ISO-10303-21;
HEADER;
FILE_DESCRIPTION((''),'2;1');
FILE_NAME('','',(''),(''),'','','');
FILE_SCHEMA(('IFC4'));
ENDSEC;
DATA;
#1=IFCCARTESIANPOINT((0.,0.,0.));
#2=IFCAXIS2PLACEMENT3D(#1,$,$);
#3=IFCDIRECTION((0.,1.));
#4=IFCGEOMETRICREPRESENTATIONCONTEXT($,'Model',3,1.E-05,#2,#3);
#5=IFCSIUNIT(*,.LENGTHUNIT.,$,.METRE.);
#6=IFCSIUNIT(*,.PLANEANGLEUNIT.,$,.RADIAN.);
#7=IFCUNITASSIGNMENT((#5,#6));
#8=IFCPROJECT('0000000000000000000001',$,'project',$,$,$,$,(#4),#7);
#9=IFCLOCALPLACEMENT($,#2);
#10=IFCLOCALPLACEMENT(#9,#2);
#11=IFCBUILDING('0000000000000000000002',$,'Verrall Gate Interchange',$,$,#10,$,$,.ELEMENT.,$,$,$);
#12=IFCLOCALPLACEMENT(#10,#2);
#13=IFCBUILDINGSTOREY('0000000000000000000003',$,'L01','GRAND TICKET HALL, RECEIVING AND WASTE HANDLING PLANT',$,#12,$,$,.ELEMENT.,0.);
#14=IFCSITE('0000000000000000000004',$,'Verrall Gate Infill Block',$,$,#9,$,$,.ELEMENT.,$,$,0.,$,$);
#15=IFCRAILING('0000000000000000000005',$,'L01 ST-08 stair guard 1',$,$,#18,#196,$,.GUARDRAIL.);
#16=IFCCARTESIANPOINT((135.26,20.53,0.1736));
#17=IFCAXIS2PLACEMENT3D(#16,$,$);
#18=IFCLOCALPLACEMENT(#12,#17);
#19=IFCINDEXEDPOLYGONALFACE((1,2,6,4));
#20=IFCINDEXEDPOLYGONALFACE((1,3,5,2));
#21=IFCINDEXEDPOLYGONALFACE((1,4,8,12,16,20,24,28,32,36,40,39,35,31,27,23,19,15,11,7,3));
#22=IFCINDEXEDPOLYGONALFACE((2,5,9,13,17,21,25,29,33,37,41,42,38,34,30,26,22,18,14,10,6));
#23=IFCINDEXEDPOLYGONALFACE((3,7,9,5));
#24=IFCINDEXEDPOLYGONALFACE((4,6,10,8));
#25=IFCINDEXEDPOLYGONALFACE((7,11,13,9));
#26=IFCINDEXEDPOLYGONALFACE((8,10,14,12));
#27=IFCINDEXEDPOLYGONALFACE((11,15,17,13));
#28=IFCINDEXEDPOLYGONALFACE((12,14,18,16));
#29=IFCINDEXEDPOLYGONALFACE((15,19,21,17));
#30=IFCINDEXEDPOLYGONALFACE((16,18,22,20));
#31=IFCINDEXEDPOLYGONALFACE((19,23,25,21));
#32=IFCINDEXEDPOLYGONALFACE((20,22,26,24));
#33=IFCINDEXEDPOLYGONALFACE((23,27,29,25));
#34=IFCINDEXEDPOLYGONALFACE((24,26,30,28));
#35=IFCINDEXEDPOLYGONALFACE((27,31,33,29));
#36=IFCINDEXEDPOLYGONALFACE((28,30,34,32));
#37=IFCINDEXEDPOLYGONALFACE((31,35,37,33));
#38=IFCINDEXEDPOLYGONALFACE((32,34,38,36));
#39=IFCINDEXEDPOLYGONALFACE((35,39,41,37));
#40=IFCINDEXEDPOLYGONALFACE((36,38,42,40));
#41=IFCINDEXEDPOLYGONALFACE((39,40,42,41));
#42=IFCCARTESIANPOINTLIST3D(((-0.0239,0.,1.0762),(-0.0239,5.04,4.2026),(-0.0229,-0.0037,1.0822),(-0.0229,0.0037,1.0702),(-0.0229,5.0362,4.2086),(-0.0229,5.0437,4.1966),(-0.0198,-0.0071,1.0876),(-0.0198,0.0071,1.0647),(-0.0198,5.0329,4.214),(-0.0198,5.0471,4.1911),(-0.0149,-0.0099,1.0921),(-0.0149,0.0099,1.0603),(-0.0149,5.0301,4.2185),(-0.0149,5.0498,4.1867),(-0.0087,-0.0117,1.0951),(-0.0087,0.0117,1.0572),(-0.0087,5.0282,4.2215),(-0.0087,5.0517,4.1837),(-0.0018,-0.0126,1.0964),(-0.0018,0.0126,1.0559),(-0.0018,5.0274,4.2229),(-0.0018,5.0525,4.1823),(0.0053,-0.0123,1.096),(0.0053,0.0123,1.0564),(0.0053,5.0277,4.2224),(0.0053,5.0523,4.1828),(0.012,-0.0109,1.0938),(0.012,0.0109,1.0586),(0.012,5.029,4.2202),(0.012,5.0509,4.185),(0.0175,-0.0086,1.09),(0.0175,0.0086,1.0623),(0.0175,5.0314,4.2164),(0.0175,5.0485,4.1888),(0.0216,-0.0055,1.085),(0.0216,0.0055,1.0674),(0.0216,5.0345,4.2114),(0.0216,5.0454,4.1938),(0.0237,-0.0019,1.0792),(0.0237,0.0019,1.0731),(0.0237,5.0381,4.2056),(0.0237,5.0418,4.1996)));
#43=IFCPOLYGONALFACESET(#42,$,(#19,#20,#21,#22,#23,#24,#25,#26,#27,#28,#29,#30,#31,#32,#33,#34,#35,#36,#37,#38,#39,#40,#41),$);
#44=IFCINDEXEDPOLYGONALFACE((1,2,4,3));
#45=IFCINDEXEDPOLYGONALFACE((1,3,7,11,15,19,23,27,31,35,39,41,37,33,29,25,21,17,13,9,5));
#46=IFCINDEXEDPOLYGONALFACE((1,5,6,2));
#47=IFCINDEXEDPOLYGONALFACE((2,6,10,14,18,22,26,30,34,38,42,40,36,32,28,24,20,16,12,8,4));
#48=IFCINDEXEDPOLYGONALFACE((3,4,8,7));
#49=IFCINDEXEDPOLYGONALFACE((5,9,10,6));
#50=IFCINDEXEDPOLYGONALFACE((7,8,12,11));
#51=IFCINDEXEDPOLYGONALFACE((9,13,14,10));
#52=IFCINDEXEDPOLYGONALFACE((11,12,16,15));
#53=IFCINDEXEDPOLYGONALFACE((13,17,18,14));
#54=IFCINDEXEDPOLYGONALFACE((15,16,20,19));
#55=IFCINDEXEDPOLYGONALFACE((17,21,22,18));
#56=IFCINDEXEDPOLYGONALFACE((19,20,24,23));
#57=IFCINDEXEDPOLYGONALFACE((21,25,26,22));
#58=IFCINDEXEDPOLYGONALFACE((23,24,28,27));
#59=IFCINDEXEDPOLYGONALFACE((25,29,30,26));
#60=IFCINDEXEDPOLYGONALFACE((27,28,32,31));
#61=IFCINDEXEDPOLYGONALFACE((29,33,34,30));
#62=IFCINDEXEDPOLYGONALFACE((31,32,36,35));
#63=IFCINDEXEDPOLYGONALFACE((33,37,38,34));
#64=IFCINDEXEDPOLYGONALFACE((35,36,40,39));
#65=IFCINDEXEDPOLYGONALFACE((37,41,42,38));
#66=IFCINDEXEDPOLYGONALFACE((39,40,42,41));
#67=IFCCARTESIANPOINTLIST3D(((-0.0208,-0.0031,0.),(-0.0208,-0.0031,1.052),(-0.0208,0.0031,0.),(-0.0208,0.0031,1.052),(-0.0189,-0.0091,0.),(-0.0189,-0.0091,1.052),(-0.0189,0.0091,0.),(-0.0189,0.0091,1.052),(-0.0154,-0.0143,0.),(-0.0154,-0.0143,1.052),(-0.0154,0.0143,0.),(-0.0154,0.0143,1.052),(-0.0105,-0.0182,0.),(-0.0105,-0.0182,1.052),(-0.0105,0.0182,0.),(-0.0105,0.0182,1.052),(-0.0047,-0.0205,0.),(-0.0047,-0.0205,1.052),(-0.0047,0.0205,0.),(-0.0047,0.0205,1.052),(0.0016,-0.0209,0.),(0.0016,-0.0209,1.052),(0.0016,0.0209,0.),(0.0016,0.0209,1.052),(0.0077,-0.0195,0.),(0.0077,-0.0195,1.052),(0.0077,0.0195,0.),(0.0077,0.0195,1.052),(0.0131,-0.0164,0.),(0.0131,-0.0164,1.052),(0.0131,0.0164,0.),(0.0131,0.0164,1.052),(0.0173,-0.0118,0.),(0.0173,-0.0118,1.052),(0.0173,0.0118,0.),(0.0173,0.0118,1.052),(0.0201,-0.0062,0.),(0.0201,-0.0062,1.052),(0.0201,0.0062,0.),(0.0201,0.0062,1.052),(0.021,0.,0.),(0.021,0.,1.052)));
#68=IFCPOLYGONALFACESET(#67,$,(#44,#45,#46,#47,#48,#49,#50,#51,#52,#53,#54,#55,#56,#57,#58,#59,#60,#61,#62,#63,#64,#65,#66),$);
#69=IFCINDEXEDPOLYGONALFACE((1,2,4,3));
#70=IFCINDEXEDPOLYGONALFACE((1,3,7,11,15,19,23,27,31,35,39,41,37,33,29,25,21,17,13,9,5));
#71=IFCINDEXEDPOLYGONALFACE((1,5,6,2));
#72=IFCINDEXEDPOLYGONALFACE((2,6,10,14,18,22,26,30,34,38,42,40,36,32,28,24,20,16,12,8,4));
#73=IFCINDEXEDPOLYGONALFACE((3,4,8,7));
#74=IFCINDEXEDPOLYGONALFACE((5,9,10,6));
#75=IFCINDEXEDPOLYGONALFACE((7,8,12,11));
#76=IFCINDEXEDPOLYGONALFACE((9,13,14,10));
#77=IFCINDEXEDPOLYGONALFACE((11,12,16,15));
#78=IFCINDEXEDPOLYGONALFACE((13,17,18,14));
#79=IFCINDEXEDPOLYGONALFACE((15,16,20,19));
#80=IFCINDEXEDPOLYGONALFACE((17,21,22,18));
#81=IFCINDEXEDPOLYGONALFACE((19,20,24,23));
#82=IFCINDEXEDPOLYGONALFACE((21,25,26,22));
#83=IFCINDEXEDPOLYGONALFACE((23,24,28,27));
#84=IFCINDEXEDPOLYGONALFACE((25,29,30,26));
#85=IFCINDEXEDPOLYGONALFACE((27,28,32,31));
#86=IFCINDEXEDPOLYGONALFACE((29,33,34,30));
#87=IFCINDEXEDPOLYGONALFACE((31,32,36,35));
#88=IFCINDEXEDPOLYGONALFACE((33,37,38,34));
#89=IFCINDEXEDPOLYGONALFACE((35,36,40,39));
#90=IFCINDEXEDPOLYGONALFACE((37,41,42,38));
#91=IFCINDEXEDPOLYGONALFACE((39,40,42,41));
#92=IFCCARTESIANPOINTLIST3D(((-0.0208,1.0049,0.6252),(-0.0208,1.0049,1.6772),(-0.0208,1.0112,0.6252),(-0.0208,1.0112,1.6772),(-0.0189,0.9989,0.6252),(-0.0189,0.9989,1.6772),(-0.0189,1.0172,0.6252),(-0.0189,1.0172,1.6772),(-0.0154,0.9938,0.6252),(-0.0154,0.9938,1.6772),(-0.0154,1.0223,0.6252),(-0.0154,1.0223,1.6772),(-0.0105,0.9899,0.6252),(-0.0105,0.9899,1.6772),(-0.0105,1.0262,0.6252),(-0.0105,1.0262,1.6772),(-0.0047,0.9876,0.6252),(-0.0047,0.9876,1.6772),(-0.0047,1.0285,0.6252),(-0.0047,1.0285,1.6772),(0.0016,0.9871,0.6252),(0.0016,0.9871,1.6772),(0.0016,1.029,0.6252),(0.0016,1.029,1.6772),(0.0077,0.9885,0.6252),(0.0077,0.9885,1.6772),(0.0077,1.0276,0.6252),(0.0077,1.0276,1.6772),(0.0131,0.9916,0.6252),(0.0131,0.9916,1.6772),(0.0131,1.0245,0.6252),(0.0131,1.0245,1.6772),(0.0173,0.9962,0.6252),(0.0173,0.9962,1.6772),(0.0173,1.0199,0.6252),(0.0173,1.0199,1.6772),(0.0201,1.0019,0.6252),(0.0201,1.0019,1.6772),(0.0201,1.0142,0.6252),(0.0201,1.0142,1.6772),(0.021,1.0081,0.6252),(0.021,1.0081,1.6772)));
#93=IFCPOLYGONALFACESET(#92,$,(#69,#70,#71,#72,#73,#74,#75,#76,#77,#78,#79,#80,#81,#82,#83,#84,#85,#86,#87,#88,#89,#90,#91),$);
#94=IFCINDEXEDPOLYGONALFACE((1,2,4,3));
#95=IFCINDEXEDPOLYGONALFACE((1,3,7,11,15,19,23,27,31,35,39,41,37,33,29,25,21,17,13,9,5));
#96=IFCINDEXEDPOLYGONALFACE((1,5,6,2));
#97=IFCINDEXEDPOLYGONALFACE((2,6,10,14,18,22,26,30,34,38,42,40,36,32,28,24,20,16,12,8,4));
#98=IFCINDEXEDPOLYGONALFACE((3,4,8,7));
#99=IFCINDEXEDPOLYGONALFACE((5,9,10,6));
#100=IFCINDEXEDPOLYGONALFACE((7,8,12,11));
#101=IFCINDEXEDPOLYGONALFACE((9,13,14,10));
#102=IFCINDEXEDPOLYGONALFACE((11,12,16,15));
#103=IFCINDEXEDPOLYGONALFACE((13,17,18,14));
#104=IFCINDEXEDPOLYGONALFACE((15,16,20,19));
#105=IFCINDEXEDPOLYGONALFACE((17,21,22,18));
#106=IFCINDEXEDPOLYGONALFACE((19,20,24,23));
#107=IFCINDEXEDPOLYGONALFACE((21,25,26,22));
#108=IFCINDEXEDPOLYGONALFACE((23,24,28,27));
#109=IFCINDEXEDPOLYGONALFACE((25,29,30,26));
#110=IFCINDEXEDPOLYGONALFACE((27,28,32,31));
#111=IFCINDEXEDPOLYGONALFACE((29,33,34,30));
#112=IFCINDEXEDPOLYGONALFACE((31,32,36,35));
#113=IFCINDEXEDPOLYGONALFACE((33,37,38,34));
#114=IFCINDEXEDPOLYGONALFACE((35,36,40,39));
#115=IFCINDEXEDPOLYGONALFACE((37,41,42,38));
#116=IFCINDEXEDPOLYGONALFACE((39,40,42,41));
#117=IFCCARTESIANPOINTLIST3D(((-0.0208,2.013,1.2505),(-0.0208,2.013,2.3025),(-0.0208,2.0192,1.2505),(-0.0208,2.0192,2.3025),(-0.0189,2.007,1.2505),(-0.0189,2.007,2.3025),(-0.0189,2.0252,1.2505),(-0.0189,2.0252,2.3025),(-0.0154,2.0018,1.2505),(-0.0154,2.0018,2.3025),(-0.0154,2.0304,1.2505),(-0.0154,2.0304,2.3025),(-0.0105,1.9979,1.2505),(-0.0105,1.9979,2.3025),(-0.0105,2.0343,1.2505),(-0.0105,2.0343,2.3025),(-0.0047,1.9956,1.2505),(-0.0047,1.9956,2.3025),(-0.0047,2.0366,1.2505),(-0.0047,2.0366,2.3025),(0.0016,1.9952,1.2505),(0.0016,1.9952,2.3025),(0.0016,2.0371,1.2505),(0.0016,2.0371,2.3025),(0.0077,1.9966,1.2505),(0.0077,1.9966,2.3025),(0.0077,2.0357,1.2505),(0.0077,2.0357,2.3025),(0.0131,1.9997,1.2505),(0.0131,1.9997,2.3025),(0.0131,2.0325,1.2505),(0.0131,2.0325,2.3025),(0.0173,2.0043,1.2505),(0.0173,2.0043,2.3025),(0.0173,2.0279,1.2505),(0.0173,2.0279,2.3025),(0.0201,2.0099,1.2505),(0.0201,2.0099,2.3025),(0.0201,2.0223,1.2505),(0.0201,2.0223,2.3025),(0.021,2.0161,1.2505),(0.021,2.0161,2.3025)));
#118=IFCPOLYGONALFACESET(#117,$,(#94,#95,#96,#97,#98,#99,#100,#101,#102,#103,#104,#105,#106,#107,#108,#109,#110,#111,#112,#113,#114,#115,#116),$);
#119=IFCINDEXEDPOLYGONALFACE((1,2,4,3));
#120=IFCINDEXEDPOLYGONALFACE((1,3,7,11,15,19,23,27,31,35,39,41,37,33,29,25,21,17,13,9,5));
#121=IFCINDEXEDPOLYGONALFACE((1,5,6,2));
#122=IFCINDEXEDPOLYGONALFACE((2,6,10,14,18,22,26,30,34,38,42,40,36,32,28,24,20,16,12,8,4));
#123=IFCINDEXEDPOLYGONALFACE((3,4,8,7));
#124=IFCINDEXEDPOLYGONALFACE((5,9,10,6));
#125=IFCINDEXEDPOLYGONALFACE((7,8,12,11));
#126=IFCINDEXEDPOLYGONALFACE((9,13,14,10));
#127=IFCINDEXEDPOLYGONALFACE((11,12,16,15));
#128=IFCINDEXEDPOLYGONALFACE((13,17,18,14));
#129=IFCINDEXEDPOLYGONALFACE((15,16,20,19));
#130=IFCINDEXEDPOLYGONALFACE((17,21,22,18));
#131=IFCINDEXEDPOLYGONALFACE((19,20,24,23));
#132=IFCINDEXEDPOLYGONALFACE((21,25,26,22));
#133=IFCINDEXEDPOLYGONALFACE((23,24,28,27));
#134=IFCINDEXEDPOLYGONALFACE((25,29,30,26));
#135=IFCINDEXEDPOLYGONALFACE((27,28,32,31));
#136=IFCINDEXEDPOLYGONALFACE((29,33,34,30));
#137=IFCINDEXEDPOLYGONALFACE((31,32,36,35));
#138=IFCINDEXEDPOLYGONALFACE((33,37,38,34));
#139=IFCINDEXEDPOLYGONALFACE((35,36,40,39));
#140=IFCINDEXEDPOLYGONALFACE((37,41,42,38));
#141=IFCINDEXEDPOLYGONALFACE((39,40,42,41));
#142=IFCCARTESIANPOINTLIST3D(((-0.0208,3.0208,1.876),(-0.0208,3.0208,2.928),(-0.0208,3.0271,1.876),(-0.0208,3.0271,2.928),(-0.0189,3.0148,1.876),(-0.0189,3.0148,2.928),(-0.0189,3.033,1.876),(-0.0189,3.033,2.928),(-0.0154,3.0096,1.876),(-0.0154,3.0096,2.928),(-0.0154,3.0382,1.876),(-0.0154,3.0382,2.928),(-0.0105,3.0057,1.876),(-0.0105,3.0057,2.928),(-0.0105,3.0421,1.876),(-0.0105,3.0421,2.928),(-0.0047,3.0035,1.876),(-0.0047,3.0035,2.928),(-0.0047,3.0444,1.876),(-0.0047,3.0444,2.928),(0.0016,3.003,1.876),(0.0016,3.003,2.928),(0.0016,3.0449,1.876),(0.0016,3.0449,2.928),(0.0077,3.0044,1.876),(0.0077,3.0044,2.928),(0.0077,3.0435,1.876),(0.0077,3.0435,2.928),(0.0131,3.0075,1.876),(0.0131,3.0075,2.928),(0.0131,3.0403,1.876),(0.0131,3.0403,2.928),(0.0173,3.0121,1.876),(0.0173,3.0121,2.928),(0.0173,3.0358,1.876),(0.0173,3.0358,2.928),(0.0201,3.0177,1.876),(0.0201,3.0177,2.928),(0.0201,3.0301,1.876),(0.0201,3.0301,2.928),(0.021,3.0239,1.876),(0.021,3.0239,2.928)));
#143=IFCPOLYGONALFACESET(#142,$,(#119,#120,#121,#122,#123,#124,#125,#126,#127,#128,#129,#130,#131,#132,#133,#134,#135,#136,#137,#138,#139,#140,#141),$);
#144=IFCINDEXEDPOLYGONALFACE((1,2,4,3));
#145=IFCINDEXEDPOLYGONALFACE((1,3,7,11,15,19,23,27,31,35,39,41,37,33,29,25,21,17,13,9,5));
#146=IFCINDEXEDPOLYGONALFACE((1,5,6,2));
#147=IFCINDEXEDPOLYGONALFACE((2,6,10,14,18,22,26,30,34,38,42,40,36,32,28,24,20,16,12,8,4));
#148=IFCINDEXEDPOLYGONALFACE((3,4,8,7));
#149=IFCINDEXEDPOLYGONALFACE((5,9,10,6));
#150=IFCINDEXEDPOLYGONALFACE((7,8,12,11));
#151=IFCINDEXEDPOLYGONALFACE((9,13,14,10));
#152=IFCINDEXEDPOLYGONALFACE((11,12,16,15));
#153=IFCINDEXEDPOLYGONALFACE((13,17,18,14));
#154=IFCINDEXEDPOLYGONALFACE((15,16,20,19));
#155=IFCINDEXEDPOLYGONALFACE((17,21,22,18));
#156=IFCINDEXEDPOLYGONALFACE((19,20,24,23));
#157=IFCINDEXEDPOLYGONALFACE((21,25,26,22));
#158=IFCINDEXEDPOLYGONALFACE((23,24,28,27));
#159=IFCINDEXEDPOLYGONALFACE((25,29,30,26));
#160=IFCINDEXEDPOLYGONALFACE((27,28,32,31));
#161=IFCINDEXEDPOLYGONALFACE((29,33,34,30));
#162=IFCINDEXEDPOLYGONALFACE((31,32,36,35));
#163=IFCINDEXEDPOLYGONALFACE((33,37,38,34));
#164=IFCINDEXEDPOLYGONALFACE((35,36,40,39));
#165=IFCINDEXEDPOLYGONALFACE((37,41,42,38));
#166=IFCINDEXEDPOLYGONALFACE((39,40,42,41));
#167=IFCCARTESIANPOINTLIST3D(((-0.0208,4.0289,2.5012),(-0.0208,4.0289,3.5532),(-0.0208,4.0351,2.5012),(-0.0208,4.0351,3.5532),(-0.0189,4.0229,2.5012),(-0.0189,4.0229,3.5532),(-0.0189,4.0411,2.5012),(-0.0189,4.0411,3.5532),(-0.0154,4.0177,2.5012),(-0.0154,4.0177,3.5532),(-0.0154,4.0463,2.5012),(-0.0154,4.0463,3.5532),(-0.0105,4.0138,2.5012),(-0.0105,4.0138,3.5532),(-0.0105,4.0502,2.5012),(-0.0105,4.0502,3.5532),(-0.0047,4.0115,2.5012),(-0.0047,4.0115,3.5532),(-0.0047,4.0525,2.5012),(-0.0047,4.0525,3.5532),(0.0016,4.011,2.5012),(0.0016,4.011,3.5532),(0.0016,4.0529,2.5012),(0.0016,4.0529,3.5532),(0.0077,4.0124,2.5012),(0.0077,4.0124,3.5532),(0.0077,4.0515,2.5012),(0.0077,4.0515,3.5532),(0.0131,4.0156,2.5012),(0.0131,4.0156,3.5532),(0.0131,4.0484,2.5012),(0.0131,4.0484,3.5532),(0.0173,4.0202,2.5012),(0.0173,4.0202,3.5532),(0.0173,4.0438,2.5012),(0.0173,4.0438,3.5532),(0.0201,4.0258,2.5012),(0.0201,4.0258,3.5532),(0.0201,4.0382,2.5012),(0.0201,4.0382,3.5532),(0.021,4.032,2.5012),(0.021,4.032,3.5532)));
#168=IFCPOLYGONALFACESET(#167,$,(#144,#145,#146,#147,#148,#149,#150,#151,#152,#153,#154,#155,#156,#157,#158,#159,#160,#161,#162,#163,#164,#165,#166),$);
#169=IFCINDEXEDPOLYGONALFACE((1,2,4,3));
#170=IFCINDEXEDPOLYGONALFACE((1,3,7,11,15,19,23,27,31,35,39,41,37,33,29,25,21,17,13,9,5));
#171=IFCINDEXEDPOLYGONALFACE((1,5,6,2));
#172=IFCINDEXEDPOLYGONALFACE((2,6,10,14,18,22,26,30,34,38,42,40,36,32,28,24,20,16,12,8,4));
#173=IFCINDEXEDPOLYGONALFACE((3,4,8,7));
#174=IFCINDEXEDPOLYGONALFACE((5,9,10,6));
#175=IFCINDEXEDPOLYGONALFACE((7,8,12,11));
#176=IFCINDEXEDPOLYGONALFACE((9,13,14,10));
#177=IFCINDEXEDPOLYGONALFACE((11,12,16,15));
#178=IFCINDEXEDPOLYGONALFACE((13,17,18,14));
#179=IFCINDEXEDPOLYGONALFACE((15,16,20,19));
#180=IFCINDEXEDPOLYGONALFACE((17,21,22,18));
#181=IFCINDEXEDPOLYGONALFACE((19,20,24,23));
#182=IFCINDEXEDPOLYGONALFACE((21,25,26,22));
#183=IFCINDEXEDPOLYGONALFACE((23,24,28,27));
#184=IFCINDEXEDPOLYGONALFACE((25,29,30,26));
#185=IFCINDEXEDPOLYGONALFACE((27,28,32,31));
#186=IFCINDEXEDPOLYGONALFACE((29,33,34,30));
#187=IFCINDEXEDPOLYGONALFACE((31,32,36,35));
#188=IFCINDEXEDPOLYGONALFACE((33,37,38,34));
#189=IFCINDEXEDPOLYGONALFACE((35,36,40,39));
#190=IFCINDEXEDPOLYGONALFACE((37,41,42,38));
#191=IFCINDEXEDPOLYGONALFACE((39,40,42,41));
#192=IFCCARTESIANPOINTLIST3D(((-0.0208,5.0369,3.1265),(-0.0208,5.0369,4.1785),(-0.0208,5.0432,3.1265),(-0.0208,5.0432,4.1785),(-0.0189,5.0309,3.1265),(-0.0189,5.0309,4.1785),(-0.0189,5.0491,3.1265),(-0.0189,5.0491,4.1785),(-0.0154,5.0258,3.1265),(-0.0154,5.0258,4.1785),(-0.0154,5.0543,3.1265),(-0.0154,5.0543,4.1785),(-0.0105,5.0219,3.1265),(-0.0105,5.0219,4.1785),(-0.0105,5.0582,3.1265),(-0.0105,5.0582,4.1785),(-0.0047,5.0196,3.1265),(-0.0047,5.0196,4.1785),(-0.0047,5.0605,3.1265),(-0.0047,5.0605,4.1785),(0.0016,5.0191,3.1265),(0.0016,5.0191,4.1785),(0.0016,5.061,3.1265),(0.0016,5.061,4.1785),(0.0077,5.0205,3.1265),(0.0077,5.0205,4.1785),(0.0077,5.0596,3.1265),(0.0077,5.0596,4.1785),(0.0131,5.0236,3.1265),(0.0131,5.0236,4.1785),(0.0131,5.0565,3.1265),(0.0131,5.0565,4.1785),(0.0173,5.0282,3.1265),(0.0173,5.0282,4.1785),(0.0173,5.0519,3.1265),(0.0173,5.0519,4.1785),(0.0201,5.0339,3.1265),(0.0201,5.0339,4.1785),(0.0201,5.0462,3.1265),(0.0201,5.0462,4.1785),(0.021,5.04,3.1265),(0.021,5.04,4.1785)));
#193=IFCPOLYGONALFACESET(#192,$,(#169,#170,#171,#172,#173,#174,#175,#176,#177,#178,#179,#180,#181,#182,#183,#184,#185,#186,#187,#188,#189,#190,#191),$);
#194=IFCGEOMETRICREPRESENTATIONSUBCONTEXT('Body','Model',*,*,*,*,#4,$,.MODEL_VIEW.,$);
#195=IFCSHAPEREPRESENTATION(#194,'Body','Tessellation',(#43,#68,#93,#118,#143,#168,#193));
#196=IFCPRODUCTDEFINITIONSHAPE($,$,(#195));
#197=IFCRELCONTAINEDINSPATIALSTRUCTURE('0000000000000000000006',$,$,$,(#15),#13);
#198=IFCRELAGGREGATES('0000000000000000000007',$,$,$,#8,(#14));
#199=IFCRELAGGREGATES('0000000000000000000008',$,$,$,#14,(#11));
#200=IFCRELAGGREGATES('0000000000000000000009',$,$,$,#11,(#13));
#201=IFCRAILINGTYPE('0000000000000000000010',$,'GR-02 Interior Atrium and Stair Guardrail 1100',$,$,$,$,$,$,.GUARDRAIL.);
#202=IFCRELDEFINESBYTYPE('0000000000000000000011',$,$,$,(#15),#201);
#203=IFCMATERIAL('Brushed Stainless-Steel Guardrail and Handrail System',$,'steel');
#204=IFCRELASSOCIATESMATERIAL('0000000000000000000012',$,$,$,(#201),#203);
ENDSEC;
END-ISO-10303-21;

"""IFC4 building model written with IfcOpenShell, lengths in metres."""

from ifc_helpers import new_model, si_unit, direction, frame, origin, origin_2d, place, context, subcontext, project, spatial, circle, extrude, material, type_object, element, save


model = new_model("IFC4")

# Units and contexts
model_context = context("Model", 3, precision=1e-05, world=origin(), true_north=direction((0.0, 1.0)))
body_context = subcontext(model_context, "Body", "Model", "MODEL_VIEW")
ifc_project = project(units=[si_unit("LENGTHUNIT", "METRE"), si_unit("PLANEANGLEUNIT", "RADIAN")], contexts=[model_context])

# Site, building, storey
site_placement = place(None, origin())
site = spatial("IfcSite", under=ifc_project, at=site_placement, Name="Verrall Gate Infill Block", CompositionType="ELEMENT", RefElevation=0.0)
building_placement = place(site_placement, origin())
building = spatial("IfcBuilding", under=site, at=building_placement, Name="Verrall Gate Interchange", CompositionType="ELEMENT")
storey_placement = place(building_placement, origin())
storey = spatial("IfcBuildingStorey", under=building, at=storey_placement, Name="L01", Description="GRAND TICKET HALL, RECEIVING AND WASTE HANDLING PLANT", CompositionType="ELEMENT", Elevation=0.0)

# Railing
ifc_material_1 = material(Name="Brushed Stainless-Steel Guardrail and Handrail System", Category="steel")
railing_type_1 = type_object("IfcRailingType", Name="GR-02 Interior Atrium and Stair Guardrail 1100", PredefinedType="GUARDRAIL", material=ifc_material_1)
railing_1_placement = place(storey_placement, frame((135.26, 20.53, 0.1736)))
element("IfcRailing", 1, at=railing_1_placement, inside=storey, type_object=railing_type_1, Name="L01 ST-08 stair guard 1", PredefinedType="GUARDRAIL", context=body_context, shape_type="SweptSolid", body=[
    extrude(circle(Radius=0.0239, at=origin_2d()), frame((0.0, 0.0, 1.0762), z_axis=(0.0, 0.849779, 0.527139), x_axis=(-1.0, 0.0, 0.0)), (0.0, 0.0, 1.0), 5.9309),
    extrude(circle(Radius=0.021, at=origin_2d()), origin(), (0.0, 0.0, 1.0), 1.052),
    extrude(circle(Radius=0.021, at=origin_2d()), frame((0.0, 1.0081, 0.6252)), (0.0, 0.0, 1.0), 1.052),
    extrude(circle(Radius=0.021, at=origin_2d()), frame((0.0, 2.0161, 1.2505)), (0.0, 0.0, 1.0), 1.052),
    extrude(circle(Radius=0.021, at=origin_2d()), frame((0.0, 3.0239, 1.876)), (0.0, 0.0, 1.0), 1.052),
    extrude(circle(Radius=0.021, at=origin_2d()), frame((0.0, 4.032, 2.5012)), (0.0, 0.0, 1.0), 1.052),
    extrude(circle(Radius=0.021, at=origin_2d()), frame((0.0, 5.04, 3.1265)), (0.0, 0.0, 1.0), 1.052),
])

save(model, "model.ifc")
